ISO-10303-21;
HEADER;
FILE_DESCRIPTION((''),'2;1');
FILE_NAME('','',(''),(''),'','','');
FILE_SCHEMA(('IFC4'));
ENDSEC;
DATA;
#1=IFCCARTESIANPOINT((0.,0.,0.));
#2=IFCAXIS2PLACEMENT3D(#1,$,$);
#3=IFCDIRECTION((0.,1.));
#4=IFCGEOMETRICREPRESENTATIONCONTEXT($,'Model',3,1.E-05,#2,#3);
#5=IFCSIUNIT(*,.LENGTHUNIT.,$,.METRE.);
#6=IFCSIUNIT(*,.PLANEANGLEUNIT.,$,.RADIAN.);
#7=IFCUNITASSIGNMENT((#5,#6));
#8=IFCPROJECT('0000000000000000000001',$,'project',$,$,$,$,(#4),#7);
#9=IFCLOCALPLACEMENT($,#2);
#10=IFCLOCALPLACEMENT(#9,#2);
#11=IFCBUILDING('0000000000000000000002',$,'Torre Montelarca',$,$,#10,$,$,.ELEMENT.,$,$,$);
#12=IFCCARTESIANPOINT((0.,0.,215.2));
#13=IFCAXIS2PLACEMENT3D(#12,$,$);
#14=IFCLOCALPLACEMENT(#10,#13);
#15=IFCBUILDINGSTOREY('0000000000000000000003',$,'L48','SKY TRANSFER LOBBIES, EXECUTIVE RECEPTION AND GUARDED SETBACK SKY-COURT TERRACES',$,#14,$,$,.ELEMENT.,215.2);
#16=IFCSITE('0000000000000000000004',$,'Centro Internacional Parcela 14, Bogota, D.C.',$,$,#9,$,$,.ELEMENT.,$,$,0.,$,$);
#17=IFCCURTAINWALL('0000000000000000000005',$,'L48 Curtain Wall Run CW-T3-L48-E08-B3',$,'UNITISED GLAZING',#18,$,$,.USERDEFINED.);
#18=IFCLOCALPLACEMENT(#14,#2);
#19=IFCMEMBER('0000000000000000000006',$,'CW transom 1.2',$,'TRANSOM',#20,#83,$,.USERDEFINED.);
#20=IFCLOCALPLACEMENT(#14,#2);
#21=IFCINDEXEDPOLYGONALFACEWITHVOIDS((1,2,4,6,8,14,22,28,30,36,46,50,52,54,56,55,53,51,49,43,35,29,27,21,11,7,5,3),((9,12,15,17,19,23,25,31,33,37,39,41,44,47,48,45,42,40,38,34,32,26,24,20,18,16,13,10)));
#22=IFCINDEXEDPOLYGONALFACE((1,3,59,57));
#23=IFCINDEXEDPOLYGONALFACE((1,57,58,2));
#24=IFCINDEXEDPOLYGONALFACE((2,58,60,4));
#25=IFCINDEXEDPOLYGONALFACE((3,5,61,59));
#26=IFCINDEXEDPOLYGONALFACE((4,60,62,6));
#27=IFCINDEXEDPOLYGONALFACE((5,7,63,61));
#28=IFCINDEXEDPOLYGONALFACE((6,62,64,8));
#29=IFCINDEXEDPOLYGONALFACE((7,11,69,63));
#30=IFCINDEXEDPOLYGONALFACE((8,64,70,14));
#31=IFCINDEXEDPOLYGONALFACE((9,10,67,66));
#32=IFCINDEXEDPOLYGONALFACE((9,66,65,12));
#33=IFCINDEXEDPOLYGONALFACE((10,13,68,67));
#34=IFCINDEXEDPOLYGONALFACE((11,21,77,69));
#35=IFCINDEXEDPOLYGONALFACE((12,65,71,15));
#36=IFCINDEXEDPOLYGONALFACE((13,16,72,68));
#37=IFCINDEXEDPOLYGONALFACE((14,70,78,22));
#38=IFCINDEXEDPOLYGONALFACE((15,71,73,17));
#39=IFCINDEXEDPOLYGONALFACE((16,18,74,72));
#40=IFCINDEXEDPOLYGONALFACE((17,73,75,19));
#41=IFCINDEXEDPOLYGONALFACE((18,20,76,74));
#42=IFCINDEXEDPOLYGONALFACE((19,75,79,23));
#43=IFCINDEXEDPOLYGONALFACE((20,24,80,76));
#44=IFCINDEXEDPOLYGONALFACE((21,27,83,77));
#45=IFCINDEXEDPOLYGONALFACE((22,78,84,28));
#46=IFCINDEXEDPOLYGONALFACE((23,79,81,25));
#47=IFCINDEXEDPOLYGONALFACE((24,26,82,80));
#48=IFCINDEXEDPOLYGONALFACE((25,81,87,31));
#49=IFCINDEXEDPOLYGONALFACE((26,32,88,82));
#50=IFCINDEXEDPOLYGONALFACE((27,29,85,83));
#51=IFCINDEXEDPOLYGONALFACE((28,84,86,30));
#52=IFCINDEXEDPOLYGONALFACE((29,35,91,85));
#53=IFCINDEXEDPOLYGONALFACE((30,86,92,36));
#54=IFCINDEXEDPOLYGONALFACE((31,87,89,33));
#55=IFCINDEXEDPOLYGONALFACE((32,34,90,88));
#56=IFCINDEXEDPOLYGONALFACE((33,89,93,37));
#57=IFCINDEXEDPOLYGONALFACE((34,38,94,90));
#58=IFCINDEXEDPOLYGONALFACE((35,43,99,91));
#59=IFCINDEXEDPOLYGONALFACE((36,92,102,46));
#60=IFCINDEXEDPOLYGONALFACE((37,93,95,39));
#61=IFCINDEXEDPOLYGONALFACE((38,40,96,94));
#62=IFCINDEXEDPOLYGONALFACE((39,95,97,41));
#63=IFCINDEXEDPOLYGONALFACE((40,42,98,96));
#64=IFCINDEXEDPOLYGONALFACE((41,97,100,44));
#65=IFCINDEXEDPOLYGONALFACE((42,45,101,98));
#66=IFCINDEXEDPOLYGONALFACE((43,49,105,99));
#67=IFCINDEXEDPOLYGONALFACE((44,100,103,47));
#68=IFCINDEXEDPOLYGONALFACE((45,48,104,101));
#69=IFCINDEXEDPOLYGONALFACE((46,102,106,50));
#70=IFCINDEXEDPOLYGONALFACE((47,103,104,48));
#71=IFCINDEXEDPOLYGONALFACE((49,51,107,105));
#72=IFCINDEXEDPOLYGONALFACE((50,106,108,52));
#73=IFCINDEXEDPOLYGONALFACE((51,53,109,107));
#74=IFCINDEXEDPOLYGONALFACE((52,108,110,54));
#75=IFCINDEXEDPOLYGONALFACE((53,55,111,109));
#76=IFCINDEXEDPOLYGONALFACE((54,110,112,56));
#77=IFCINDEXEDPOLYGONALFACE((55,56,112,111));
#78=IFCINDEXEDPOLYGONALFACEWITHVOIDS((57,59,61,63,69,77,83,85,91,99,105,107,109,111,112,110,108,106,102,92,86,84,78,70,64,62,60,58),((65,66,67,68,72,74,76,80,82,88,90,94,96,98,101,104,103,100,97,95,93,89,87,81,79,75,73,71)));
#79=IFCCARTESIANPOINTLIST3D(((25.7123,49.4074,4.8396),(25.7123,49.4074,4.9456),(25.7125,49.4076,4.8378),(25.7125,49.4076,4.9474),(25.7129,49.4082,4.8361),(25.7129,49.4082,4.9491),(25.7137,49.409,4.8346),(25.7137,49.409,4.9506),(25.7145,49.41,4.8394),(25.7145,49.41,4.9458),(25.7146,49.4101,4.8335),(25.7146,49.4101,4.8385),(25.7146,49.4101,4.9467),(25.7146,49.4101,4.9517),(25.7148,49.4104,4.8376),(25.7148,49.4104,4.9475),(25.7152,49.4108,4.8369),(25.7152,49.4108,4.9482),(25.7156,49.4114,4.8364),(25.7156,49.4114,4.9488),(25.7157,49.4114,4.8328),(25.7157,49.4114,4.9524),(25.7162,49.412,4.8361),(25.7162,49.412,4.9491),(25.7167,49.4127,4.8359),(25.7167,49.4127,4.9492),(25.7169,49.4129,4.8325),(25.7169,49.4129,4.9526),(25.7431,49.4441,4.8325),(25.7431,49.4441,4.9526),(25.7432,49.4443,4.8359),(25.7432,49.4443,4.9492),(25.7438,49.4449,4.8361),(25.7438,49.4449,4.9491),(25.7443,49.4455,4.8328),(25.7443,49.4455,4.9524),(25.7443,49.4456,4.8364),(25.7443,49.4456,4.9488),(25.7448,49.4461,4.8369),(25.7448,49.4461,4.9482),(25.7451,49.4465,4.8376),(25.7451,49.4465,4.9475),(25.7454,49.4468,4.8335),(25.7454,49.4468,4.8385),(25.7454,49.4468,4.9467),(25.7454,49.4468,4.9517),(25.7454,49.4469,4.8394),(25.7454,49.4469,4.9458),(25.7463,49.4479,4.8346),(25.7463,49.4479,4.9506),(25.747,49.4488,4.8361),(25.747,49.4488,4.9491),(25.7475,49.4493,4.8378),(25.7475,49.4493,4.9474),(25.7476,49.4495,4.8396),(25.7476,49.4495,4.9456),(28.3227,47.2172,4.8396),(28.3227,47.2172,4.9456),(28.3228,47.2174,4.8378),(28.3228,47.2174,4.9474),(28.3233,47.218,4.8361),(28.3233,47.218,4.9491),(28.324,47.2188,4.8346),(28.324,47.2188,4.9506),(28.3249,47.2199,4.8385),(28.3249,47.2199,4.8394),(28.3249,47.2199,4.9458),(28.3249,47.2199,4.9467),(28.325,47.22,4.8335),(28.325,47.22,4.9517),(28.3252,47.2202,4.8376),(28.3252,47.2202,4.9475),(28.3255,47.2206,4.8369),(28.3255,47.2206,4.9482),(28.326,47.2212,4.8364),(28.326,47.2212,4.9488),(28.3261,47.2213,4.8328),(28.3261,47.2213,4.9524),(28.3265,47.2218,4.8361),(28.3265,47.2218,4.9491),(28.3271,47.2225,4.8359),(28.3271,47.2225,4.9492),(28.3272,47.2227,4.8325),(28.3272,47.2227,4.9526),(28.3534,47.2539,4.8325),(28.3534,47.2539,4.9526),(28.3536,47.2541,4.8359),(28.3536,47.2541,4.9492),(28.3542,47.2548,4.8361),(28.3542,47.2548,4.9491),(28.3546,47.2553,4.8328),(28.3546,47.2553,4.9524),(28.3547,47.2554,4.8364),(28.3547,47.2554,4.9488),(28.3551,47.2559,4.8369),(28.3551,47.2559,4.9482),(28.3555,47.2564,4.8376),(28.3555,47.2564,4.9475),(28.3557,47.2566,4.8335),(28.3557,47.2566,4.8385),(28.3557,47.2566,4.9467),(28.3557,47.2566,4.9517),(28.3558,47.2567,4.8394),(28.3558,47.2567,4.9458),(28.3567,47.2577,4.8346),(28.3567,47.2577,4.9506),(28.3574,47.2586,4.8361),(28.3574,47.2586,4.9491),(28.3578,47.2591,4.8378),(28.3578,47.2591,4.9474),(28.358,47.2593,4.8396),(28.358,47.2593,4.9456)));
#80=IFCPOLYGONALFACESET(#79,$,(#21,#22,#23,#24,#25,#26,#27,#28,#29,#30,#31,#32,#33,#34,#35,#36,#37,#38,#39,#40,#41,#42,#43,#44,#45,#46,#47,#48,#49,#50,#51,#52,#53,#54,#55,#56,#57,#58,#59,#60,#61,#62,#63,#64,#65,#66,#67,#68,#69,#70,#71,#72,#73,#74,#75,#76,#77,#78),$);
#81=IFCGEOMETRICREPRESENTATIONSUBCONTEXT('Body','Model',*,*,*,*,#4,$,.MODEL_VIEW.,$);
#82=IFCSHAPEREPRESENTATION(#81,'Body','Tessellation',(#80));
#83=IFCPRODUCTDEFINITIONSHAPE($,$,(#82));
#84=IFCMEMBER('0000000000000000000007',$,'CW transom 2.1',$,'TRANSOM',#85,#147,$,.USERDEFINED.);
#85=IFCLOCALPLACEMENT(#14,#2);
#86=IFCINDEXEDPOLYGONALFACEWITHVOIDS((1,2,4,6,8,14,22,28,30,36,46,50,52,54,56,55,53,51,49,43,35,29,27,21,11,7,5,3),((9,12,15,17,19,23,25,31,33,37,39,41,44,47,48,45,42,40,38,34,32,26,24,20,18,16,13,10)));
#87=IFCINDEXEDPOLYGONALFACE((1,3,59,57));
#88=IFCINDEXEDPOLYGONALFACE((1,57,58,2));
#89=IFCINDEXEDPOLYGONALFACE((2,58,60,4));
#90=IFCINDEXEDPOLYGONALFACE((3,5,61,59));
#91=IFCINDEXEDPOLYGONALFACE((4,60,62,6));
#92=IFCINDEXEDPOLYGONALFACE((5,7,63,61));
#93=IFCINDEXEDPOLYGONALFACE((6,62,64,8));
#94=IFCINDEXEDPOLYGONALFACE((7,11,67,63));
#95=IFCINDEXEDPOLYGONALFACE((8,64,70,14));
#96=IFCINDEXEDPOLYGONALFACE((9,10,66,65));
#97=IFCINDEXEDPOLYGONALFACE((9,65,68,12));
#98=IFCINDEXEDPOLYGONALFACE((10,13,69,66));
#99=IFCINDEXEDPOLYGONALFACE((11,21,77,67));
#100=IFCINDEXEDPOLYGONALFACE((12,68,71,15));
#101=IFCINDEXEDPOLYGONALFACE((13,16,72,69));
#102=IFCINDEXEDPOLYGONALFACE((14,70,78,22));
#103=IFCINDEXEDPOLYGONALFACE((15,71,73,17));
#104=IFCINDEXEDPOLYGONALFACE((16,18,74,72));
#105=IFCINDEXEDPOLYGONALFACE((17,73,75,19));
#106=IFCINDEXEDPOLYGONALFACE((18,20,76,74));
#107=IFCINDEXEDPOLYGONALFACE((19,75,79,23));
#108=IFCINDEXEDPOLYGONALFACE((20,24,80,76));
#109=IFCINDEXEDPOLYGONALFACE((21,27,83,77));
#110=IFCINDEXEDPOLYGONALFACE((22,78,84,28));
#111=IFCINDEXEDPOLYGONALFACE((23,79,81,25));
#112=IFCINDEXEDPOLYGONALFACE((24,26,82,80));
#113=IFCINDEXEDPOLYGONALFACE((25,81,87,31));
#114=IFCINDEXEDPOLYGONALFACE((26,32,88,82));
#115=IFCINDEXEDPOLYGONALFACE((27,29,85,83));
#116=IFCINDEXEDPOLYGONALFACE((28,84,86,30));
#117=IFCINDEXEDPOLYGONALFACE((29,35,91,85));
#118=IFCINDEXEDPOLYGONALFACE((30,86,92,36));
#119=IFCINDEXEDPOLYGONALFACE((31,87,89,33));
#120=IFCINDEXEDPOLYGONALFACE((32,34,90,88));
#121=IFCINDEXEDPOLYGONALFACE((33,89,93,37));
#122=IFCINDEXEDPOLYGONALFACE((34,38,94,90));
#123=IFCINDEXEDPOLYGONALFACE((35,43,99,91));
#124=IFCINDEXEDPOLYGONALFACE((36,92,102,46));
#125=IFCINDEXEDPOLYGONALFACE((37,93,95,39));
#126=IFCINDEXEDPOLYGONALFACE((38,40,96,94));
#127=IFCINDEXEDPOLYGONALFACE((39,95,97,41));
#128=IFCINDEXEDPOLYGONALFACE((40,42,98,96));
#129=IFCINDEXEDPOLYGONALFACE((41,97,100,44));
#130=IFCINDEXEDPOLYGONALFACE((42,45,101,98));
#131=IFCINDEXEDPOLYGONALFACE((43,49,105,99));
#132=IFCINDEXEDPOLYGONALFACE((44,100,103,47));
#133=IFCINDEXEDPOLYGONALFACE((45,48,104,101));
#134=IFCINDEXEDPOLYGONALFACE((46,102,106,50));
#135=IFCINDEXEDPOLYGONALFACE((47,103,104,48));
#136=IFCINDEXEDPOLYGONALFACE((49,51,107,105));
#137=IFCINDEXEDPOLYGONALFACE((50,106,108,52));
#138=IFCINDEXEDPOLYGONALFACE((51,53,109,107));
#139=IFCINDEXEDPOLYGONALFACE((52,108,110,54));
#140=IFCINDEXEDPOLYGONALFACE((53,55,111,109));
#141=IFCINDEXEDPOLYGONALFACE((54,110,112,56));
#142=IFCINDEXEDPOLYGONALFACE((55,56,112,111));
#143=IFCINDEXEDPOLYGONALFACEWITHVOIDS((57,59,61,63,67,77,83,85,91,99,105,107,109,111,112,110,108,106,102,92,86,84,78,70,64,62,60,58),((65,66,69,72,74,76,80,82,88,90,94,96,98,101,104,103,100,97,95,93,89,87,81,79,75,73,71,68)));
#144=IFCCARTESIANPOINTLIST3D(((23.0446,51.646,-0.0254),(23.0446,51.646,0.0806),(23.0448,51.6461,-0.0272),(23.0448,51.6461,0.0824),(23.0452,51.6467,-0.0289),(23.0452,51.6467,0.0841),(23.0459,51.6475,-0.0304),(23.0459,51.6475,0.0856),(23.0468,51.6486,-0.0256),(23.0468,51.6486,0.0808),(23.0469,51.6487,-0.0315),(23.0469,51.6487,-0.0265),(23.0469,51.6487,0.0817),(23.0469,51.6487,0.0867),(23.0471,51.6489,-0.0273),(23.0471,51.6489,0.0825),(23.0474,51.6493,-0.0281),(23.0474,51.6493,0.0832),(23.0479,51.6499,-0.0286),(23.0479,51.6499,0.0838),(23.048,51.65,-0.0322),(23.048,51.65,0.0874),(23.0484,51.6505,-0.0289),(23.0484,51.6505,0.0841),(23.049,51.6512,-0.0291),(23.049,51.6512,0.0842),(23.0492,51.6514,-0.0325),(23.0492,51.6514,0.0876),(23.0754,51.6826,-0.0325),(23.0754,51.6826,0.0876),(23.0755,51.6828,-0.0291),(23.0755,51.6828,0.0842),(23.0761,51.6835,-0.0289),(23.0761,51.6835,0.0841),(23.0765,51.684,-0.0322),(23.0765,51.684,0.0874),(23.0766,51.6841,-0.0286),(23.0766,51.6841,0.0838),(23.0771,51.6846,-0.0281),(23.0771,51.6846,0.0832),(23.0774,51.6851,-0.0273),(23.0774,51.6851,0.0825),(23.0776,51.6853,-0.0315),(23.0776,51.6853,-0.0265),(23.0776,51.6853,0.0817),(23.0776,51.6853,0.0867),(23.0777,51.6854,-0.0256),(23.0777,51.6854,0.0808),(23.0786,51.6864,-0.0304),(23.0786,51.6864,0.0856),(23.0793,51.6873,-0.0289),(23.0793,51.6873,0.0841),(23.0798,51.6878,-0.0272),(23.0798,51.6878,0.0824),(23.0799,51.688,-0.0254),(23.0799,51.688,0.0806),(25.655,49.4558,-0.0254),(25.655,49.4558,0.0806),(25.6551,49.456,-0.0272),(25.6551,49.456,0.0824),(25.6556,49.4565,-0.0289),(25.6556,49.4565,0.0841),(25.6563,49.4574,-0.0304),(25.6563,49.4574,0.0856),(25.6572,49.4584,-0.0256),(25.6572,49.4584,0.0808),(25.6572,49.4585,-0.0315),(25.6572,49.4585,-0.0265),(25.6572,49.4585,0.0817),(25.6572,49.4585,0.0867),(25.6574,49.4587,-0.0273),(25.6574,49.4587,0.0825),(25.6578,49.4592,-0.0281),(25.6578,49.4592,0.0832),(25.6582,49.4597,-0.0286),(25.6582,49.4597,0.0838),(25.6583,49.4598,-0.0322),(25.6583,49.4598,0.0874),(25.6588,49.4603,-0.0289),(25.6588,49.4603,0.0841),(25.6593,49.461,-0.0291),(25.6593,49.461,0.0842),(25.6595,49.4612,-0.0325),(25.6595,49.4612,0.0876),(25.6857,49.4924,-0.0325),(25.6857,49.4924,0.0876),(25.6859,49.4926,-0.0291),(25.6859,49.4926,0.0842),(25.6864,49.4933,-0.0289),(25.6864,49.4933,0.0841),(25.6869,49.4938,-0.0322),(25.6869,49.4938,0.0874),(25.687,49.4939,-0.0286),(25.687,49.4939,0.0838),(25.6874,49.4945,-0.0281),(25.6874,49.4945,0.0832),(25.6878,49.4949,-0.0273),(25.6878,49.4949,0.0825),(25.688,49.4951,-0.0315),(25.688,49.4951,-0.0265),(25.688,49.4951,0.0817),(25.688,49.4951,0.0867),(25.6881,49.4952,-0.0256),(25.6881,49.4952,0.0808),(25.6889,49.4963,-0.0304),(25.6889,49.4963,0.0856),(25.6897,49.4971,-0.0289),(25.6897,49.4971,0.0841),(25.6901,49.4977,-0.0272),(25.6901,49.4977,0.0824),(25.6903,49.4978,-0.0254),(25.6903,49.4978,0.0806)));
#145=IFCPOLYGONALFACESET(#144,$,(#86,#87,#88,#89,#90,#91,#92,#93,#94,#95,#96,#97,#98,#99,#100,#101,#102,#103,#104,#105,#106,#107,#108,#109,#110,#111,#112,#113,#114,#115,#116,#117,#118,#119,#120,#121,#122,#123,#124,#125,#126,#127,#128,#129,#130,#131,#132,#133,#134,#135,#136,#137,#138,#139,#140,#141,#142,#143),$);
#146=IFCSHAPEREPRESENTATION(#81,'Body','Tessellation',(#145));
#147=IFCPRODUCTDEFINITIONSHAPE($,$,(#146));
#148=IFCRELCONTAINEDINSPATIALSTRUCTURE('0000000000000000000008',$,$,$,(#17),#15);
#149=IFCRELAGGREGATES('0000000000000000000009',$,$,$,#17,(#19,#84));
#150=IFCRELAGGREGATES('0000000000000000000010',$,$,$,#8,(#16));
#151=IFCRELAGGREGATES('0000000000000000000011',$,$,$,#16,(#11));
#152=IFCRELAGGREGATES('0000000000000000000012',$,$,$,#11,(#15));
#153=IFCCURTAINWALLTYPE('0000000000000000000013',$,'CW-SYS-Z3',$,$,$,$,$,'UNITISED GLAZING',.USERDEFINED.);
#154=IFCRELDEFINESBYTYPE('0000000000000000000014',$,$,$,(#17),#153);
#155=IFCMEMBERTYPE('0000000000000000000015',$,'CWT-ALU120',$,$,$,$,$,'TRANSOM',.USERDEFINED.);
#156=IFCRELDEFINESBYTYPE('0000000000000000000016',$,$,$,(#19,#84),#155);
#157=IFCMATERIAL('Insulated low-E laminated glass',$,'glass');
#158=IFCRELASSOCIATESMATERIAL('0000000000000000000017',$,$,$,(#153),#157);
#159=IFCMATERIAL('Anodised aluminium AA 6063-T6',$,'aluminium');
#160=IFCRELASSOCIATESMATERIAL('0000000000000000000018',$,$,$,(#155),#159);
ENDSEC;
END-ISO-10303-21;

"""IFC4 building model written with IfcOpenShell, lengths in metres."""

from ifc_helpers import new_model, si_unit, direction, frame, origin, origin_2d, place, context, subcontext, project, spatial, hollow_rectangle, extrude, source, transform, mapped, material, material_profile, profile_set, type_object, element, aggregate, save


model = new_model("IFC4")

# Units and contexts
model_context = context("Model", 3, precision=1e-05, world=origin(), true_north=direction((0.0, 1.0)))
body_context = subcontext(model_context, "Body", "Model", "MODEL_VIEW")
ifc_project = project(units=[si_unit("LENGTHUNIT", "METRE"), si_unit("PLANEANGLEUNIT", "RADIAN")], contexts=[model_context])

# Site, building, storey
site_placement = place(None, origin())
site = spatial("IfcSite", under=ifc_project, at=site_placement, Name="Centro Internacional Parcela 14, Bogota, D.C.", CompositionType="ELEMENT", RefElevation=0.0)
building_placement = place(site_placement, origin())
building = spatial("IfcBuilding", under=site, at=building_placement, Name="Torre Montelarca", CompositionType="ELEMENT")
storey_placement = place(building_placement, frame((0.0, 0.0, 215.2)))
storey = spatial("IfcBuildingStorey", under=building, at=storey_placement, Name="L48", Description="SKY TRANSFER LOBBIES, EXECUTIVE RECEPTION AND GUARDED SETBACK SKY-COURT TERRACES", CompositionType="ELEMENT", Elevation=215.2)

# Shared definitions
ifc_material_1 = material(Name="Insulated low-E laminated glass", Category="glass")
curtain_wall_type = type_object("IfcCurtainWallType", Name="CW-SYS-Z3", ElementType="UNITISED GLAZING", PredefinedType="USERDEFINED", material=ifc_material_1)
ifc_material_2 = material(Name="Anodised aluminium AA 6063-T6", Category="aluminium")

# Curtain wall
curtain_wall_1_placement = place(storey_placement, origin())
curtain_wall_1 = element("IfcCurtainWall", 1, at=curtain_wall_1_placement, inside=storey, type_object=curtain_wall_type, Name="L48 Curtain Wall Run CW-T3-L48-E08-B3", ObjectType="UNITISED GLAZING", PredefinedType="USERDEFINED")

# Members
ifc_material_profile_1 = material_profile(ifc_material_2, hollow_rectangle(XDim=0.0549, YDim=0.1201, WallThickness=0.0034, InnerFilletRadius=0.0034, OuterFilletRadius=0.0071, at=origin_2d()), Name="ALU55X120X3.5", Category="aluminium")
ifc_profile_set_1 = profile_set([ifc_material_profile_1], Name="Anodised aluminium AA 6063-T6")
member_type_1 = type_object("IfcMemberType", Name="CWT-ALU120", ElementType="TRANSOM", PredefinedType="USERDEFINED", material=ifc_profile_set_1)
shared_shape_1 = source(origin(), body_context, "Body", "SweptSolid", [
    extrude(hollow_rectangle(XDim=0.0549, YDim=0.1201, WallThickness=0.0034, InnerFilletRadius=0.0034, OuterFilletRadius=0.0071, at=origin_2d()), origin(), (0.0, 0.0, 1.0), 3.4075),
])
member_1_placement = place(storey_placement, frame((28.3403, 47.2383, 4.8926), z_axis=(-0.766067, 0.64276, 0.0), x_axis=(-0.64276, -0.766067, 0.0)))
member_1 = element("IfcMember", 2, at=member_1_placement, type_object=member_type_1, Name="CW transom 1.2", ObjectType="TRANSOM", PredefinedType="USERDEFINED", context=body_context, shape_type="MappedRepresentation", body=[
    mapped(shared_shape_1, transform((0.0, 0.0, 0.0), scale=1.0)),
])
member_2_placement = place(storey_placement, frame((25.6726, 49.4768, 0.0276), z_axis=(-0.766067, 0.64276, 0.0), x_axis=(-0.64276, -0.766067, 0.0)))
member_2 = element("IfcMember", 3, at=member_2_placement, type_object=member_type_1, Name="CW transom 2.1", ObjectType="TRANSOM", PredefinedType="USERDEFINED", context=body_context, shape_type="MappedRepresentation", body=[
    mapped(shared_shape_1, transform((0.0, 0.0, 0.0), scale=1.0)),
])

aggregate(curtain_wall_1, [member_1, member_2])

save(model, "model.ifc")
